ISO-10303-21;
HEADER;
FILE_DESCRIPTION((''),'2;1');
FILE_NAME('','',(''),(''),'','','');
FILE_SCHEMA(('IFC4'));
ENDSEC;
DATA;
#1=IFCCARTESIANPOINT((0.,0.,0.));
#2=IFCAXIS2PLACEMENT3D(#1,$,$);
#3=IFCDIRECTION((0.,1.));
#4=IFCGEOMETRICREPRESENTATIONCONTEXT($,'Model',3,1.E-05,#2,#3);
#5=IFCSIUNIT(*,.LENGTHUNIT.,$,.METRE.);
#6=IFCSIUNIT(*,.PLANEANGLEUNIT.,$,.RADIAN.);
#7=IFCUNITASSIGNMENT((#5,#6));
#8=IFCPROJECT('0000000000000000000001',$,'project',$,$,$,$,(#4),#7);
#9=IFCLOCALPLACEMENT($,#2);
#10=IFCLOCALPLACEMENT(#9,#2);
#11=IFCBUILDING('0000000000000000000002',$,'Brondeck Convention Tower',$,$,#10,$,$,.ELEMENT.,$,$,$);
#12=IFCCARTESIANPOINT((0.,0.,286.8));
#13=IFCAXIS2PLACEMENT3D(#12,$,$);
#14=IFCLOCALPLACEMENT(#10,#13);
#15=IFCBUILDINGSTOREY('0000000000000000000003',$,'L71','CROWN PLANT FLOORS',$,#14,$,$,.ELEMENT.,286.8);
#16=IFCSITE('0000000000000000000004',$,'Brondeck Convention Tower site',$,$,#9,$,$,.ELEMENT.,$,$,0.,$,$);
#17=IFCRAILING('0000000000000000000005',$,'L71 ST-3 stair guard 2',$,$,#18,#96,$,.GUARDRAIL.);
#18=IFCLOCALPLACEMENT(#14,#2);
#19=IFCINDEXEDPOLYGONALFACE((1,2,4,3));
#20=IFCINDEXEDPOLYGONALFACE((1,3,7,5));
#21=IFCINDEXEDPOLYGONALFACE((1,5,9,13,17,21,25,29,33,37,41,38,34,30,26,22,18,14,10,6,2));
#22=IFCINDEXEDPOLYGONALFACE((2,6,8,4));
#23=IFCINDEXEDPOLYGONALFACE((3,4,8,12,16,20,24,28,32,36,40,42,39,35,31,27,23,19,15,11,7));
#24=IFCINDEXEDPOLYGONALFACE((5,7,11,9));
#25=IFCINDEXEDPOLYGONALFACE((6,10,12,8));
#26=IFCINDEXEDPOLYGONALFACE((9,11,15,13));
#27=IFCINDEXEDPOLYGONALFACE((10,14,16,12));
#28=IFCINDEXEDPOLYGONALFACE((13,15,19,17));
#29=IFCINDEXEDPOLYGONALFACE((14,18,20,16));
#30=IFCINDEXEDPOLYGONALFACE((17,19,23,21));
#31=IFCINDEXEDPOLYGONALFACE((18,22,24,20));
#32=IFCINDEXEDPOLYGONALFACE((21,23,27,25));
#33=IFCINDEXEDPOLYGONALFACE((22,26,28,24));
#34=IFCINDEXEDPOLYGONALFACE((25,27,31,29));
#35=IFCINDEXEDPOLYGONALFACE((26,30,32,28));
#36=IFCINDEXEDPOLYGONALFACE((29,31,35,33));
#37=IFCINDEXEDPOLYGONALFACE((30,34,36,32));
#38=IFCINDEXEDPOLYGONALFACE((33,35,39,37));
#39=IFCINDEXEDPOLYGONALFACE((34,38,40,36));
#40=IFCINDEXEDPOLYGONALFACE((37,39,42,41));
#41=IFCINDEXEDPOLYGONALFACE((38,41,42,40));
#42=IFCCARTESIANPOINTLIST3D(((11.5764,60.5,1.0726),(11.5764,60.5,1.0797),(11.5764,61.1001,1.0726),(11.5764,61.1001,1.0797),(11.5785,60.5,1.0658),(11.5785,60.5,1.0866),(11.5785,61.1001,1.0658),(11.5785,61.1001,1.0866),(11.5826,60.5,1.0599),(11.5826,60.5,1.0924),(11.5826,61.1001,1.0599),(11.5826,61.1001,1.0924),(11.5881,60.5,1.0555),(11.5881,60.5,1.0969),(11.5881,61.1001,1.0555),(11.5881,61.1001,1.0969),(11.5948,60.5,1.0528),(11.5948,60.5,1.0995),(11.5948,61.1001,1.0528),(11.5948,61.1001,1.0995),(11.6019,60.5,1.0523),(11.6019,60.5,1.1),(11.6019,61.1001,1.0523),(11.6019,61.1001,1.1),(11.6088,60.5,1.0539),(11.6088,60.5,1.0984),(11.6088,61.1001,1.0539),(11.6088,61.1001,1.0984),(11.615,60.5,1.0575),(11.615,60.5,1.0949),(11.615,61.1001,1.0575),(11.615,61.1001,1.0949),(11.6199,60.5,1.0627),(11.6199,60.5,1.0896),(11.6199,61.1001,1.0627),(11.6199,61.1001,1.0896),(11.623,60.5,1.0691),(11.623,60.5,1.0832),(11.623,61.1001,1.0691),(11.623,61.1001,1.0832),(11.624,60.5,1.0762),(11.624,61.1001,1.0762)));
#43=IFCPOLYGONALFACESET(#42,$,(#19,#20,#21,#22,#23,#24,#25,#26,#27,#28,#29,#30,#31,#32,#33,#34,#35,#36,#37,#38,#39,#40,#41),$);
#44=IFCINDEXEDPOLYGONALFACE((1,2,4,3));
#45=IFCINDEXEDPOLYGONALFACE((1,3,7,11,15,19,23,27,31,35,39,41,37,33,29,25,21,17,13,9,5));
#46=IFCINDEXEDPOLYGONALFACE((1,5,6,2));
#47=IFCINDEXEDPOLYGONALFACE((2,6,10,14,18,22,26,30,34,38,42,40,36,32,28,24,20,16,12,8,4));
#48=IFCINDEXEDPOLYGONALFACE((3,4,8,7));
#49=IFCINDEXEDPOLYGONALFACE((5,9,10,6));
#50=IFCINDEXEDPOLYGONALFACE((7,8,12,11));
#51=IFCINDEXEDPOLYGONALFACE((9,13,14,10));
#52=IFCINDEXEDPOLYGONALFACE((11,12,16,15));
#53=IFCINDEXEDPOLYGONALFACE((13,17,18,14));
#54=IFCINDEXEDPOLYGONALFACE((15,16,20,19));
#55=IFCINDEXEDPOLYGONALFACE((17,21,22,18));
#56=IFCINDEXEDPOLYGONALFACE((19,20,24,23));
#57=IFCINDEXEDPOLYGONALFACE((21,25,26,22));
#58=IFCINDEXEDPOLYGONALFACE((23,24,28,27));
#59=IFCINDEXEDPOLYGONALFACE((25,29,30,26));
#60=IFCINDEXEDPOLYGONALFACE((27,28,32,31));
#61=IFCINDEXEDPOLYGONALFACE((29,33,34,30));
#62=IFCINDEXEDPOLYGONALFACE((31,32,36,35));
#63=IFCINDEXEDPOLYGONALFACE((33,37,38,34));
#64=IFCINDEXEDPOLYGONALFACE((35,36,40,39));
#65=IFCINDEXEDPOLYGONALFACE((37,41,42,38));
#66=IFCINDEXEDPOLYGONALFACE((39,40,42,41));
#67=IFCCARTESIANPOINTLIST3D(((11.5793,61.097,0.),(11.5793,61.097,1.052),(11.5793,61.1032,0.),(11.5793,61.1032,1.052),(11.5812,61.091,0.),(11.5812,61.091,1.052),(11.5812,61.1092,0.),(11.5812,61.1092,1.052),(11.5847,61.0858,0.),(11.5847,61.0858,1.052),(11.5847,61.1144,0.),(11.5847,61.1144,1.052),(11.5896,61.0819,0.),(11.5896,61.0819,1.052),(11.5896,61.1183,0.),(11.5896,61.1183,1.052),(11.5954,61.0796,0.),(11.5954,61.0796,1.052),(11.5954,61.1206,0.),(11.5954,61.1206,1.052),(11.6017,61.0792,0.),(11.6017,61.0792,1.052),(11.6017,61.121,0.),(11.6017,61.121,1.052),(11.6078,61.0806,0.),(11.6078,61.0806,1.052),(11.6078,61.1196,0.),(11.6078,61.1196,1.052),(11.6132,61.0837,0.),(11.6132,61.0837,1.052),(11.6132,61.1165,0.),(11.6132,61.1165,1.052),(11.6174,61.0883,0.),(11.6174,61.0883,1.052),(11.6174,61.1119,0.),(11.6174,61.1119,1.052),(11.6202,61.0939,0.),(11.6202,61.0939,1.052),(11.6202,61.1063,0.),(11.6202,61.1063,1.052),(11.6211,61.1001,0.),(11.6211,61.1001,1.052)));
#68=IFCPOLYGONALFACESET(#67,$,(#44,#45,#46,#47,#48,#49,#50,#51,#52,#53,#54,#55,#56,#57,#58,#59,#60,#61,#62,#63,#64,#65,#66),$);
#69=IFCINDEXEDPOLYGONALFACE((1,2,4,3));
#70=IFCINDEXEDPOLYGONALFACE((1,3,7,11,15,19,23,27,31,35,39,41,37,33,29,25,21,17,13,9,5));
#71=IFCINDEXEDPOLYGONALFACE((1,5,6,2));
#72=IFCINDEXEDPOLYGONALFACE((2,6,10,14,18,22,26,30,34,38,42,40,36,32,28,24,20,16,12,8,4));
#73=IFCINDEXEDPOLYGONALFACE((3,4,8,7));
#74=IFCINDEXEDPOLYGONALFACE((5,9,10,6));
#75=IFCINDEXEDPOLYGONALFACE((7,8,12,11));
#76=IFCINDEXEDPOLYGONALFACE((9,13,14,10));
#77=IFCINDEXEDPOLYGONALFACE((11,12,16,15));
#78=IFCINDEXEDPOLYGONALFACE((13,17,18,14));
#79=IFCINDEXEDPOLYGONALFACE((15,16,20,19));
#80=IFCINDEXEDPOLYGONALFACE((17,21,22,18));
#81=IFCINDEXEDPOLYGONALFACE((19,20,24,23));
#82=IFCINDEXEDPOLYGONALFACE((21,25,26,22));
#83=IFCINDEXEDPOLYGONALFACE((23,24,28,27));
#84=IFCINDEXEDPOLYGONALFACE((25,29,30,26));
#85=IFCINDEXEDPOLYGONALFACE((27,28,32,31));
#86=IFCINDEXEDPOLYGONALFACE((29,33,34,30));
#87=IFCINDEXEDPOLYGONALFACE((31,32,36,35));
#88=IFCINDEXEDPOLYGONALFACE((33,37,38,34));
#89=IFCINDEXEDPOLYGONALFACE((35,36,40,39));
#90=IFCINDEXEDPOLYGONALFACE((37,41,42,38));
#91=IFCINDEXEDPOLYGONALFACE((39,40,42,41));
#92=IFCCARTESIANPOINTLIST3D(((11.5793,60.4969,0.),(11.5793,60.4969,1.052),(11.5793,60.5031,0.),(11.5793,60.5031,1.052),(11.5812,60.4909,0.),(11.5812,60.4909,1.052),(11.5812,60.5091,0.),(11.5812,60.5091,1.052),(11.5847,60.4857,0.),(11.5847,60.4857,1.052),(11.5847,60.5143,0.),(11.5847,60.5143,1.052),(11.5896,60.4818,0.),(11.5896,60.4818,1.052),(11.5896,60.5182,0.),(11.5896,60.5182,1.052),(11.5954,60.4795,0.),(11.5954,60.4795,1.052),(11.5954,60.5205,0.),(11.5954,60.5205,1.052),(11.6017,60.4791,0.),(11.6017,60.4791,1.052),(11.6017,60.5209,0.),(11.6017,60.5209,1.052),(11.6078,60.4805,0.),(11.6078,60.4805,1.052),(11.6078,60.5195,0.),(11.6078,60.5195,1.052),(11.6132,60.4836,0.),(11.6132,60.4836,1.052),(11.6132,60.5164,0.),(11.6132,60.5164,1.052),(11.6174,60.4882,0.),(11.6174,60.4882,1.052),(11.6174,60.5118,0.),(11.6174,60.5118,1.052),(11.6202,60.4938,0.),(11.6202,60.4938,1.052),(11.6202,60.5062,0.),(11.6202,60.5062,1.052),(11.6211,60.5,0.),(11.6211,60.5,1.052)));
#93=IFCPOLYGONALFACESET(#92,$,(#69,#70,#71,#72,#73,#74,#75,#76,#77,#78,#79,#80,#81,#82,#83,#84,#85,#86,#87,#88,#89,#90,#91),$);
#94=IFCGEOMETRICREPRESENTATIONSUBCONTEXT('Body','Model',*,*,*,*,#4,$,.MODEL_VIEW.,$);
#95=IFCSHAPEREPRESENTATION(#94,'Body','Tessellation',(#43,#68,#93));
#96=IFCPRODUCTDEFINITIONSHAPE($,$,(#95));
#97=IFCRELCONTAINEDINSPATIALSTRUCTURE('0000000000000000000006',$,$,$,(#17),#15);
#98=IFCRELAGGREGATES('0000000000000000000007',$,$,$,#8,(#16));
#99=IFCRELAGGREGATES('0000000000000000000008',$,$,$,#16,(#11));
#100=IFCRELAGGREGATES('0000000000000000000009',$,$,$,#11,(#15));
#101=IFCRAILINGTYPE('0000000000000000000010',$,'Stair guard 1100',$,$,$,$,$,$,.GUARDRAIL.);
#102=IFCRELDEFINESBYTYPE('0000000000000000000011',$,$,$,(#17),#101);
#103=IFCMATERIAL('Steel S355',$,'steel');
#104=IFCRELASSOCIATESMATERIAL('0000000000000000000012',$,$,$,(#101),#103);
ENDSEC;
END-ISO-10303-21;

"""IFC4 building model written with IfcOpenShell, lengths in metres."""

from ifc_helpers import new_model, si_unit, direction, frame, origin, origin_2d, place, context, subcontext, project, spatial, circle, extrude, material, type_object, element, save


model = new_model("IFC4")

# Units and contexts
model_context = context("Model", 3, precision=1e-05, world=origin(), true_north=direction((0.0, 1.0)))
body_context = subcontext(model_context, "Body", "Model", "MODEL_VIEW")
ifc_project = project(units=[si_unit("LENGTHUNIT", "METRE"), si_unit("PLANEANGLEUNIT", "RADIAN")], contexts=[model_context])

# Site, building, storey
site_placement = place(None, origin())
site = spatial("IfcSite", under=ifc_project, at=site_placement, Name="Brondeck Convention Tower site", CompositionType="ELEMENT", RefElevation=0.0)
building_placement = place(site_placement, origin())
building = spatial("IfcBuilding", under=site, at=building_placement, Name="Brondeck Convention Tower", CompositionType="ELEMENT")
storey_placement = place(building_placement, frame((0.0, 0.0, 286.8)))
storey = spatial("IfcBuildingStorey", under=building, at=storey_placement, Name="L71", Description="CROWN PLANT FLOORS", CompositionType="ELEMENT", Elevation=286.8)

# Railing
ifc_material_1 = material(Name="Steel S355", Category="steel")
railing_type_1 = type_object("IfcRailingType", Name="Stair guard 1100", PredefinedType="GUARDRAIL", material=ifc_material_1)
railing_1_placement = place(storey_placement, frame((11.6001, 61.1001, 0.0)))
element("IfcRailing", 1, at=railing_1_placement, inside=storey, type_object=railing_type_1, Name="L71 ST-3 stair guard 2", PredefinedType="GUARDRAIL", context=body_context, shape_type="SweptSolid", body=[
    extrude(circle(Radius=0.0239, at=origin_2d()), frame((0.0, 0.0, 1.0762), z_axis=(0.0, -1.0, 0.0), x_axis=(1.0, 0.0, 0.0)), (0.0, 0.0, 1.0), 0.6001),
    extrude(circle(Radius=0.021, at=origin_2d()), origin(), (0.0, 0.0, 1.0), 1.052),
    extrude(circle(Radius=0.021, at=origin_2d()), frame((0.0, -0.6001, 0.0)), (0.0, 0.0, 1.0), 1.052),
])

save(model, "model.ifc")
